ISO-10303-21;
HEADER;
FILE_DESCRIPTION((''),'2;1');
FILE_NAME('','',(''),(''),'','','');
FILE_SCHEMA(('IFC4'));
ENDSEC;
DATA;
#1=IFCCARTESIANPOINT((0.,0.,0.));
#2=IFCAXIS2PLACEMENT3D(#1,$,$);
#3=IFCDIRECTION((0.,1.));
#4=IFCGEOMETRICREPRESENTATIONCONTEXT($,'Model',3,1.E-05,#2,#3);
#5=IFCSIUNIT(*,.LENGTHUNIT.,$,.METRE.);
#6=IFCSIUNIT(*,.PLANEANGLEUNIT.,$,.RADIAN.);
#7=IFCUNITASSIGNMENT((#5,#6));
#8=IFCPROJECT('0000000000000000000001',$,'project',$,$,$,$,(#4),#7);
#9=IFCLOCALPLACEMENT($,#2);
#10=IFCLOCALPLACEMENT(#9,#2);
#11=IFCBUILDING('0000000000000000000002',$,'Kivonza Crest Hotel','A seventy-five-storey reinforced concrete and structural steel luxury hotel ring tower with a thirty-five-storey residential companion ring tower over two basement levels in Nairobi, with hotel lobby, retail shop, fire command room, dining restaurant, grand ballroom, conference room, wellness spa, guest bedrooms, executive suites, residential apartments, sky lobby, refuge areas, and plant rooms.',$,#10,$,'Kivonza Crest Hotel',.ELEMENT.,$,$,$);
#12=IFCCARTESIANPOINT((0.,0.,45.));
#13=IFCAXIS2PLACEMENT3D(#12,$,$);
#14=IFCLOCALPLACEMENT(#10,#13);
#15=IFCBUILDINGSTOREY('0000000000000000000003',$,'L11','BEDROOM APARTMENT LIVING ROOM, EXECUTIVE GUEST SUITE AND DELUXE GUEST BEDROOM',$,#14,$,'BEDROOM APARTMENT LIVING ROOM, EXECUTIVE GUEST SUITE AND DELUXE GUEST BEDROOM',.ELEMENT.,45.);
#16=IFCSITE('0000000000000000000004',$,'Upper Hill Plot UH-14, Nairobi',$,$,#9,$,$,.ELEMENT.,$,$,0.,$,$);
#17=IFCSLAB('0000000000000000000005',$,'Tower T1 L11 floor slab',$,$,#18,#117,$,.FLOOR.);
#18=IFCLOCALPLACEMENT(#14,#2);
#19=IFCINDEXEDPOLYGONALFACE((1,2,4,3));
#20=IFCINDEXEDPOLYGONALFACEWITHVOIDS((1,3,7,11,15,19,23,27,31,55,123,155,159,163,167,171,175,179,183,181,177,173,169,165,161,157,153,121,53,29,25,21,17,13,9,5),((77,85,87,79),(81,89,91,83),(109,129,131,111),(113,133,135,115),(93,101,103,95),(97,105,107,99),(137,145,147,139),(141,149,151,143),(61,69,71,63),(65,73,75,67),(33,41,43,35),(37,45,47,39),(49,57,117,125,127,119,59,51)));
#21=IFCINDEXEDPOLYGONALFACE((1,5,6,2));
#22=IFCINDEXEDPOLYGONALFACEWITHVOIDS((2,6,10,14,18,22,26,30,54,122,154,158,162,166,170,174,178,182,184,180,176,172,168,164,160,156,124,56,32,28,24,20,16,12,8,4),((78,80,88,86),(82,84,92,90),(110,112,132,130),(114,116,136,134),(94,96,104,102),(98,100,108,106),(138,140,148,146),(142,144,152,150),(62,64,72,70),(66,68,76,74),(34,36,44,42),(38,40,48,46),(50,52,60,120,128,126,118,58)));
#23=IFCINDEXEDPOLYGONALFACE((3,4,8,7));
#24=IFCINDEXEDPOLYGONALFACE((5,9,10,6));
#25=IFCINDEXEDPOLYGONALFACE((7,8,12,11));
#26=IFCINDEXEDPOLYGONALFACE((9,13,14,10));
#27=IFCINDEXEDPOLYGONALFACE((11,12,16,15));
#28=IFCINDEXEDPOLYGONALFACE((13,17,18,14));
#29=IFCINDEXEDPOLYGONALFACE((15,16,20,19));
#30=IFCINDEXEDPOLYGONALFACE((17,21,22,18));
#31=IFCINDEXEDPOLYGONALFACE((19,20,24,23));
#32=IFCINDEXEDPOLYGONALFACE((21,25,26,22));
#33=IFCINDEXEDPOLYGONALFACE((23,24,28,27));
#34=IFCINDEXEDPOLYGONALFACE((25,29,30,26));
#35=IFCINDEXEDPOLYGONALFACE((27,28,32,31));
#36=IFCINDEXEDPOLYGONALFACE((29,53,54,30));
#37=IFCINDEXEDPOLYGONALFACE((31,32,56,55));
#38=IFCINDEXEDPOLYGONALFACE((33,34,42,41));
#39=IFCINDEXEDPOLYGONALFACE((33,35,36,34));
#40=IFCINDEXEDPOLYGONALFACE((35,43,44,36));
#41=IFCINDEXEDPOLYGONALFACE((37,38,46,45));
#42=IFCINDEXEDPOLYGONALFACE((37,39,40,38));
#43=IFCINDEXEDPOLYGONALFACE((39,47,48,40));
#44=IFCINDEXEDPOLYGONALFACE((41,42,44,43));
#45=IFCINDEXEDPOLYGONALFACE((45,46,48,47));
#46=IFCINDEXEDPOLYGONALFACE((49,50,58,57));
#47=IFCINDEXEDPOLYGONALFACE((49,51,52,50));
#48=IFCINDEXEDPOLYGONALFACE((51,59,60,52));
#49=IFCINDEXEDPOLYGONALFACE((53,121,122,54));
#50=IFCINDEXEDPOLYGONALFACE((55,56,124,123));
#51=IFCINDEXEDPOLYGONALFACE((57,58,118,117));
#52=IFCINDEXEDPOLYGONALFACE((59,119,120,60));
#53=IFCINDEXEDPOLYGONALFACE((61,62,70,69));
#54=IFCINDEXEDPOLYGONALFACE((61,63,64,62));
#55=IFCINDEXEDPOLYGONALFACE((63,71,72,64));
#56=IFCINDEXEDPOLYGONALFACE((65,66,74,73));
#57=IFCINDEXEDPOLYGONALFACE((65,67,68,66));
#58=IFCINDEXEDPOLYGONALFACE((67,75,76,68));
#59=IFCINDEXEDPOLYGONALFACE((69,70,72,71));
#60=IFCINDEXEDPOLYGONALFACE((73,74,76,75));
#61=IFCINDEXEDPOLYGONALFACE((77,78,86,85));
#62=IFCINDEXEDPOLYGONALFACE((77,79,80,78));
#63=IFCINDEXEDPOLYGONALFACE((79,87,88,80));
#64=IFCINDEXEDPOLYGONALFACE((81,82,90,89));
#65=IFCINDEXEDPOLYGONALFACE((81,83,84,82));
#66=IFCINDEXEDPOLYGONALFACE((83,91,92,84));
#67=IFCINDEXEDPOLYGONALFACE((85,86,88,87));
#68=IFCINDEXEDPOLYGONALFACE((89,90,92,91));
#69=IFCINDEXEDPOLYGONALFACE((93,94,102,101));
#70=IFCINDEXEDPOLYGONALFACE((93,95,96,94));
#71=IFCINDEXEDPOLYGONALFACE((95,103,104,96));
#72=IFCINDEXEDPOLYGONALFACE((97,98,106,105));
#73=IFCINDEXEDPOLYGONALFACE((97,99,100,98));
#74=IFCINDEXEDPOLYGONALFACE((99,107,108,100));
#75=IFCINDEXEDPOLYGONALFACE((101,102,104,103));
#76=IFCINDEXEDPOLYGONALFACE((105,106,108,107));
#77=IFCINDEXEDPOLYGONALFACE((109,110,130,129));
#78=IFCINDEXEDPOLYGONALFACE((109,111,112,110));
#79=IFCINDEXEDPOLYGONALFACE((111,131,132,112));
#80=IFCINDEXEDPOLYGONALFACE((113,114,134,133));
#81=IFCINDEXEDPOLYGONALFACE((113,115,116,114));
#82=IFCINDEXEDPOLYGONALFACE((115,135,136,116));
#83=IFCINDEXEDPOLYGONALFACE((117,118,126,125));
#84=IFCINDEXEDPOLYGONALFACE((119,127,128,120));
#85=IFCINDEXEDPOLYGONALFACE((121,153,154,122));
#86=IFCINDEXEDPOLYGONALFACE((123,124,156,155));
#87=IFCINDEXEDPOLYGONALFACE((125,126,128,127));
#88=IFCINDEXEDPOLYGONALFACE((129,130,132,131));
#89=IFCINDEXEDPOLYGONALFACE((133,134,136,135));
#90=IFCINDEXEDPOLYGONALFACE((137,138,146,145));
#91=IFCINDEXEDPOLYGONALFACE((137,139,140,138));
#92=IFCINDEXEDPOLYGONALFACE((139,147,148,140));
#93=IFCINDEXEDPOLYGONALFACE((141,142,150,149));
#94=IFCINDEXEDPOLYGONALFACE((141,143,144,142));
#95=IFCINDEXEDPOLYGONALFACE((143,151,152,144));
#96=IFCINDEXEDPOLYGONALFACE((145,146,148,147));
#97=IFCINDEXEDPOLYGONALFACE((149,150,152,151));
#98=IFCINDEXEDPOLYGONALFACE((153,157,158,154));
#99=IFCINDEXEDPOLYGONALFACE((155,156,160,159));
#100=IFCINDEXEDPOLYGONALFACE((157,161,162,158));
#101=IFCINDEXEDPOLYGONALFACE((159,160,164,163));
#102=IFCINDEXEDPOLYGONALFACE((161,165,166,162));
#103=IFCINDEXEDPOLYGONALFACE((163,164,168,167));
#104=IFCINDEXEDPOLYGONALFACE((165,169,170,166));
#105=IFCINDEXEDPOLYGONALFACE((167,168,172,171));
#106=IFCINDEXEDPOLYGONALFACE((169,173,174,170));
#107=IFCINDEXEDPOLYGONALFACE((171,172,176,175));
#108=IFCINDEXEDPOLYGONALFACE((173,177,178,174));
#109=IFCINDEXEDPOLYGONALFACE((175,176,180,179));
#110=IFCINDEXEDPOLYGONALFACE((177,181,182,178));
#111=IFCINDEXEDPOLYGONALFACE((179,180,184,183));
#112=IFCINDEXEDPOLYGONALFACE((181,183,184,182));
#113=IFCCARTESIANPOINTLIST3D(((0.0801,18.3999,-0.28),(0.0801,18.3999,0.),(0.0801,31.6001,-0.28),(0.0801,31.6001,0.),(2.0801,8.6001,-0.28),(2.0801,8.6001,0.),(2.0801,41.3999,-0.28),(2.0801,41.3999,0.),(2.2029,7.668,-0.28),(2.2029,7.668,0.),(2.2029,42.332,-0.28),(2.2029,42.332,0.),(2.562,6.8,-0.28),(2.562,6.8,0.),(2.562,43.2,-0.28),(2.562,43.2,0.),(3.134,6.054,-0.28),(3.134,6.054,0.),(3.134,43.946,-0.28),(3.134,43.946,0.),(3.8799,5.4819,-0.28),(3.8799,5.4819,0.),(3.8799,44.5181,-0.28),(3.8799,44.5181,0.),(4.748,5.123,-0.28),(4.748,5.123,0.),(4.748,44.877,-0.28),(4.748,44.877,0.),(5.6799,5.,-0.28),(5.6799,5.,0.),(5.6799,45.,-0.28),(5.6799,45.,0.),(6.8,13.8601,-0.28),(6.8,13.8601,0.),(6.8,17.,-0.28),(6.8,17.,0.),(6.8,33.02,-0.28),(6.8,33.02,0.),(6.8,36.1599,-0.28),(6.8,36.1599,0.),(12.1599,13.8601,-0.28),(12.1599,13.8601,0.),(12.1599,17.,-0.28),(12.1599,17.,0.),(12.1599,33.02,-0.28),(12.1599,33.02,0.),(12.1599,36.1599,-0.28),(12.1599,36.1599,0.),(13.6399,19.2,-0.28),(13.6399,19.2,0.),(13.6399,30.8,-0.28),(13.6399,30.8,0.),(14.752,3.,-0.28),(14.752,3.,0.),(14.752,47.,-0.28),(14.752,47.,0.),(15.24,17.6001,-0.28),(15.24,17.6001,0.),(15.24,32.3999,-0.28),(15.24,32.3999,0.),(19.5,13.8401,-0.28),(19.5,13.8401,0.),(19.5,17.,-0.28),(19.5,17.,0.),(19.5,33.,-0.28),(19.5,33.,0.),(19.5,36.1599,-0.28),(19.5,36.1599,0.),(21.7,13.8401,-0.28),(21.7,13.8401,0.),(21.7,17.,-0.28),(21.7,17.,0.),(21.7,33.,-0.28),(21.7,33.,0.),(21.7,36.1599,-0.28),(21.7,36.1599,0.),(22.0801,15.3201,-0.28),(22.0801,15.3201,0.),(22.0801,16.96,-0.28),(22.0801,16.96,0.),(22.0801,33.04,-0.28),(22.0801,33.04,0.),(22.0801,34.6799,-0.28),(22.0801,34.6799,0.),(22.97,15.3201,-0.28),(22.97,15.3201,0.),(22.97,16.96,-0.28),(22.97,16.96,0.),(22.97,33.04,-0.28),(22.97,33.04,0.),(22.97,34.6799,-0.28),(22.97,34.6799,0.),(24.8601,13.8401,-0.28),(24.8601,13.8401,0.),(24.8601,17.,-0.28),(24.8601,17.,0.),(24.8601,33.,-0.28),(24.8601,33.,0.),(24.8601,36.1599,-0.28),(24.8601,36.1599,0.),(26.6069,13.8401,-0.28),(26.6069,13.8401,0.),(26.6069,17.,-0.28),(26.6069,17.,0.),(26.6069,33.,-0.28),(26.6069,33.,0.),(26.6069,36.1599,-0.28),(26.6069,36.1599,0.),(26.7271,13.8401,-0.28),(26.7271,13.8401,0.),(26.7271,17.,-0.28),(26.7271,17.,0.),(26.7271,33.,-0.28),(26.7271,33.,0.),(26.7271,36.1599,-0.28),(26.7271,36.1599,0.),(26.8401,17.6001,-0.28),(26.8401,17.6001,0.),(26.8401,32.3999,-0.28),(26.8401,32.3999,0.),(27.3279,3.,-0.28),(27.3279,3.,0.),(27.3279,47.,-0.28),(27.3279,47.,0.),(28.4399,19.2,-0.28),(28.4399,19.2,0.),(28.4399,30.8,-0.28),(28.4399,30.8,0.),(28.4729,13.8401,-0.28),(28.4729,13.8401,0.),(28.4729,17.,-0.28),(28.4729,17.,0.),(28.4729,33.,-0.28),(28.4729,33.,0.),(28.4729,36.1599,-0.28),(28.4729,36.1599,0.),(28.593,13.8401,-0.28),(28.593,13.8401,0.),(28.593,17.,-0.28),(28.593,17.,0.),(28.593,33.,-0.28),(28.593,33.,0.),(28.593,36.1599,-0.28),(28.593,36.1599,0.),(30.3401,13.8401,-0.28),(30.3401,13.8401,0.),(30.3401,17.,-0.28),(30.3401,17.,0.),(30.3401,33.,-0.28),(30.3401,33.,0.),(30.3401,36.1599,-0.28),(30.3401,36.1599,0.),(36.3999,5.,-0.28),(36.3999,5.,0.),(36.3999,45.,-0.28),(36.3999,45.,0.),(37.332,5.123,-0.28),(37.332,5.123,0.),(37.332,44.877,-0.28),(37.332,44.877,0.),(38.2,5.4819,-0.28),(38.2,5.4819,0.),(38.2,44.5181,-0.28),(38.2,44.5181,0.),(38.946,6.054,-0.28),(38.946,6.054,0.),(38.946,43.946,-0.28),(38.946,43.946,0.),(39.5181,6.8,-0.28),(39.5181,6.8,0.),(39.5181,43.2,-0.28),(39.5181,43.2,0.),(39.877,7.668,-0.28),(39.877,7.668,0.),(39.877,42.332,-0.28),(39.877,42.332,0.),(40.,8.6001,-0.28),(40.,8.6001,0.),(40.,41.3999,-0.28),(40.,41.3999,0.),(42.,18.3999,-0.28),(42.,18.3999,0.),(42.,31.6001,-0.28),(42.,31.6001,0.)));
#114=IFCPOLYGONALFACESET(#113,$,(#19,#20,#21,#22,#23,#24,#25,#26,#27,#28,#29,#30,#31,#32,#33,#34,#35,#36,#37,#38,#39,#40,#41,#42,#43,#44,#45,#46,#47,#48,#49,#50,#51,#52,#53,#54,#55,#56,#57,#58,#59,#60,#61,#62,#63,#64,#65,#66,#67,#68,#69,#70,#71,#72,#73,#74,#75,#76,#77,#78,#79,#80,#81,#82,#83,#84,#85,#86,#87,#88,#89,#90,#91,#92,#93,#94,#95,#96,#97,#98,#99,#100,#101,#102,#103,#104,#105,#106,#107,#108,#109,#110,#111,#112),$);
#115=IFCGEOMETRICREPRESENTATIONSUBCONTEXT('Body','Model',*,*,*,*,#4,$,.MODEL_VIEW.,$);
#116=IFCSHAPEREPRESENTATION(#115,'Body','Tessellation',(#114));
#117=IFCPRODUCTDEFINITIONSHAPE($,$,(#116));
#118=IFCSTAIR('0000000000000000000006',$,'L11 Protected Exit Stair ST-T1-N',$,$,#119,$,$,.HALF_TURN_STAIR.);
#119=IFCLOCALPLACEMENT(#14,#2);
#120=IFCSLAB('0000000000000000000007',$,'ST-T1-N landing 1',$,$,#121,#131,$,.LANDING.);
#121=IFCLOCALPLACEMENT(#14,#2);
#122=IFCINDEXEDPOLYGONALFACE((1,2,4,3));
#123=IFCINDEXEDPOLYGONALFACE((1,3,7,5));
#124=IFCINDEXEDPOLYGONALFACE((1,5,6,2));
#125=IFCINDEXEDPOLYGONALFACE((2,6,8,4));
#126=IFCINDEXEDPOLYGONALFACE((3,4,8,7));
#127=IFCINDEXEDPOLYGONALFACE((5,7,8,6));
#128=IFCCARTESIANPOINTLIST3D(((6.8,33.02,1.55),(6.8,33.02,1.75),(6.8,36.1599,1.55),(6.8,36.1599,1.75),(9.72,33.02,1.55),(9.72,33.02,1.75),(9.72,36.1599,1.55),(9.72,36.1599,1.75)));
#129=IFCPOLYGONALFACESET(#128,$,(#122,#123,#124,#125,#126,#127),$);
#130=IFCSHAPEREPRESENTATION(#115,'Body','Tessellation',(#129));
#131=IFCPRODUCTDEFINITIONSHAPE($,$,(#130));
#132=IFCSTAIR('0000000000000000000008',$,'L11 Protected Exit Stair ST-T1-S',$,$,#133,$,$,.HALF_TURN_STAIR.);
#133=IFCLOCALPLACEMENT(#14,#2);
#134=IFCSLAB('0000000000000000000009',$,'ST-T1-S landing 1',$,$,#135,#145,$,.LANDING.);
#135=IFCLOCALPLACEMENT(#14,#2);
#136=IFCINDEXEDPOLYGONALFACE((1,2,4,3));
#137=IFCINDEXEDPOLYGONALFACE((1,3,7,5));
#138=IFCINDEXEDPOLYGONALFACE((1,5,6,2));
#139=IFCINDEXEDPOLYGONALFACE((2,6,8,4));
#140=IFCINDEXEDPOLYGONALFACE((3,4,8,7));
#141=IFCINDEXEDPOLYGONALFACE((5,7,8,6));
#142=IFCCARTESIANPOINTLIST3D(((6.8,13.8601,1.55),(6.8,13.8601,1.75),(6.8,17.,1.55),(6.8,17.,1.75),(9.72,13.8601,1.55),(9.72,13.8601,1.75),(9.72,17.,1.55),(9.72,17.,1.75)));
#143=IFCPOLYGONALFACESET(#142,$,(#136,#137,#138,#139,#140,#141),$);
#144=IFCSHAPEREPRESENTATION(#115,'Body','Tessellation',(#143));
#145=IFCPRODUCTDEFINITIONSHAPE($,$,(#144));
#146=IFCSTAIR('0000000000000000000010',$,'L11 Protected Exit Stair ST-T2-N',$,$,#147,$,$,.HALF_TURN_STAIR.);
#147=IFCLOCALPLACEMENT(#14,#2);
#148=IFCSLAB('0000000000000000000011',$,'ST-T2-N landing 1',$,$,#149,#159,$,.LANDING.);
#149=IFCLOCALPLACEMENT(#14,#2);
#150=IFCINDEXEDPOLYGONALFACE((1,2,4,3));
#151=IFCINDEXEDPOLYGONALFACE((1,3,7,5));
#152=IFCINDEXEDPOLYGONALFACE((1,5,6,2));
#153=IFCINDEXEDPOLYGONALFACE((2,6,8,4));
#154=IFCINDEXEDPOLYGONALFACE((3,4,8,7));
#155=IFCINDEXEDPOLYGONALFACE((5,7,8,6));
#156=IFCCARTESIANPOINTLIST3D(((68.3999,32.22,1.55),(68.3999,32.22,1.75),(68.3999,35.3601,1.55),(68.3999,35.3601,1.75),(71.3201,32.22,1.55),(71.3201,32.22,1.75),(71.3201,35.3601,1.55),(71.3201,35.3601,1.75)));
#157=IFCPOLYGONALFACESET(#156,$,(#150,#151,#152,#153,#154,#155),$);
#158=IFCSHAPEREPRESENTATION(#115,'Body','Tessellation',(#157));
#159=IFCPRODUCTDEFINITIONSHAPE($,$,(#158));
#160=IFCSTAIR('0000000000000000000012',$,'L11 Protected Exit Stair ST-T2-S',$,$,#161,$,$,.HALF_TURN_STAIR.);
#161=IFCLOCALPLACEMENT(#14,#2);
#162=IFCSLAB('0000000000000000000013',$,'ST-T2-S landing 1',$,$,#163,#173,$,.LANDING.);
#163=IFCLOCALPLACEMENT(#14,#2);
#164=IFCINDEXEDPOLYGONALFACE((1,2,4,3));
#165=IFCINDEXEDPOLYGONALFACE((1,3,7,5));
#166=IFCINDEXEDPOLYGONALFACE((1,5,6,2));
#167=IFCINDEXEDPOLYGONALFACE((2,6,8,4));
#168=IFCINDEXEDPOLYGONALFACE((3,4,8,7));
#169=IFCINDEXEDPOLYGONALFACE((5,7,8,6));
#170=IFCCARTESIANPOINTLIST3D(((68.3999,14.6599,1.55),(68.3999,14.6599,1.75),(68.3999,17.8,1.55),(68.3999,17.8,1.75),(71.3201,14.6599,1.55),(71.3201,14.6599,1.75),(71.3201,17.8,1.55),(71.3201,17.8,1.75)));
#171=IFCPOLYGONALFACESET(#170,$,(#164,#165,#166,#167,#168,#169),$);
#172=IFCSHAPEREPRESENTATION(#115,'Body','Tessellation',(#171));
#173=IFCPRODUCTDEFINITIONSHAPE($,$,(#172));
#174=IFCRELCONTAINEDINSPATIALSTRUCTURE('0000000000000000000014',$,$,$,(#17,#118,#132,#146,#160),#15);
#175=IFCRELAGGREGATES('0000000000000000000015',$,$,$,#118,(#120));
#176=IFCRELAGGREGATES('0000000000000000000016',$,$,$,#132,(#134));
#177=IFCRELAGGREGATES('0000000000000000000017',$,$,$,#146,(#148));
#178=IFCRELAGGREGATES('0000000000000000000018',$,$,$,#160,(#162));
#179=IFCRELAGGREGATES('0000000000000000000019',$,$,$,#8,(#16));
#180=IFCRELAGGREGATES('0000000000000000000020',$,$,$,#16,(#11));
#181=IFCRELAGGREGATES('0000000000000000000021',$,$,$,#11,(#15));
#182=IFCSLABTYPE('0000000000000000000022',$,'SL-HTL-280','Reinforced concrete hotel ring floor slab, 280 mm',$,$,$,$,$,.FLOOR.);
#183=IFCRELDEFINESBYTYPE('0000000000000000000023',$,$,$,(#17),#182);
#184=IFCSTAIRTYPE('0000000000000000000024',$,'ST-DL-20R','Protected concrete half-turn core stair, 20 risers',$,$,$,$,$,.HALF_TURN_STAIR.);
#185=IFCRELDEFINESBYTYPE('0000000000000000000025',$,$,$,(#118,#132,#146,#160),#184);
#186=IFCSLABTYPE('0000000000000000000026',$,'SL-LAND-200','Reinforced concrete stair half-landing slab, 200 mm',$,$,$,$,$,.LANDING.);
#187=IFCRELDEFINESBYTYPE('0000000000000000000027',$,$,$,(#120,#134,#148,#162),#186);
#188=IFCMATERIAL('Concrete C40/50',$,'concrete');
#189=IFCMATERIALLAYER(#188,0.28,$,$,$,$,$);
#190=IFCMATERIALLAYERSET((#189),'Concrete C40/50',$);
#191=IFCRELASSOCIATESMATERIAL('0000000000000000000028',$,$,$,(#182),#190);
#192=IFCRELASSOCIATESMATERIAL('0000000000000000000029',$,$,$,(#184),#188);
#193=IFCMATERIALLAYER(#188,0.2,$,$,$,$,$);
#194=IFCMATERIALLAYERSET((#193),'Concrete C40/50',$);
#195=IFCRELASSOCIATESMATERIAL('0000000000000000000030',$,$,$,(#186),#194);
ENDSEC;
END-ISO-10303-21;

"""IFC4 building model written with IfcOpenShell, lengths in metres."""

from ifc_helpers import new_model, si_unit, direction, frame, origin, place, context, subcontext, project, spatial, polyline, outline, extrude, material, layer, layer_set, type_object, element, aggregate, save


model = new_model("IFC4")

# Units and contexts
model_context = context("Model", 3, precision=1e-05, world=origin(), true_north=direction((0.0, 1.0)))
body_context = subcontext(model_context, "Body", "Model", "MODEL_VIEW")
ifc_project = project(units=[si_unit("LENGTHUNIT", "METRE"), si_unit("PLANEANGLEUNIT", "RADIAN")], contexts=[model_context])

# Site, building, storey
site_placement = place(None, origin())
site = spatial("IfcSite", under=ifc_project, at=site_placement, Name="Upper Hill Plot UH-14, Nairobi", CompositionType="ELEMENT", RefElevation=0.0)
building_placement = place(site_placement, origin())
building = spatial("IfcBuilding", under=site, at=building_placement, Name="Kivonza Crest Hotel", Description="A seventy-five-storey reinforced concrete and structural steel luxury hotel ring tower with a thirty-five-storey residential companion ring tower over two basement levels in Nairobi, with hotel lobby, retail shop, fire command room, dining restaurant, grand ballroom, conference room, wellness spa, guest bedrooms, executive suites, residential apartments, sky lobby, refuge areas, and plant rooms.", LongName="Kivonza Crest Hotel", CompositionType="ELEMENT")
storey_placement = place(building_placement, frame((0.0, 0.0, 45.0)))
storey = spatial("IfcBuildingStorey", under=building, at=storey_placement, Name="L11", Description="BEDROOM APARTMENT LIVING ROOM, EXECUTIVE GUEST SUITE AND DELUXE GUEST BEDROOM", LongName="BEDROOM APARTMENT LIVING ROOM, EXECUTIVE GUEST SUITE AND DELUXE GUEST BEDROOM", CompositionType="ELEMENT", Elevation=45.0)

# Slab
ifc_material_1 = material(Name="Concrete C40/50", Category="concrete")
ifc_layer_1 = layer(ifc_material_1, 0.28)
ifc_layer_set_1 = layer_set([ifc_layer_1], Name="Concrete C40/50")
slab_type_1 = type_object("IfcSlabType", Name="SL-HTL-280", Description="Reinforced concrete hotel ring floor slab, 280 mm", PredefinedType="FLOOR", material=ifc_layer_set_1)
slab_1_placement = place(storey_placement, frame((0.0, 0.0, -0.28)))
element("IfcSlab", 1, at=slab_1_placement, inside=storey, type_object=slab_type_1, Name="Tower T1 L11 floor slab", PredefinedType="FLOOR", context=body_context, shape_type="SweptSolid", body=[
    extrude(outline(polyline([(2.0801, 8.6001), (2.2029, 7.668), (2.562, 6.8), (3.134, 6.054), (3.8799, 5.4819), (4.748, 5.123), (5.6799, 5.0), (14.752, 3.0), (27.3279, 3.0), (36.3999, 5.0), (37.332, 5.123), (38.2, 5.4819), (38.946, 6.054), (39.5181, 6.8), (39.877, 7.668), (40.0, 8.6001), (42.0, 18.3999), (42.0, 31.6001), (40.0, 41.3999), (39.877, 42.332), (39.5181, 43.2), (38.946, 43.946), (38.2, 44.5181), (37.332, 44.877), (36.3999, 45.0), (27.3279, 47.0), (14.752, 47.0), (5.6799, 45.0), (4.748, 44.877), (3.8799, 44.5181), (3.134, 43.946), (2.562, 43.2), (2.2029, 42.332), (2.0801, 41.3999), (0.0801, 31.6001), (0.0801, 18.3999), (2.0801, 8.6001)]), holes=[polyline([(15.24, 17.6001), (26.8401, 17.6001), (28.4399, 19.2), (28.4399, 30.8), (26.8401, 32.3999), (15.24, 32.3999), (13.6399, 30.8), (13.6399, 19.2), (15.24, 17.6001)]), polyline([(6.8, 33.02), (12.1599, 33.02), (12.1599, 36.1599), (6.8, 36.1599), (6.8, 33.02)]), polyline([(6.8, 13.8601), (12.1599, 13.8601), (12.1599, 17.0), (6.8, 17.0), (6.8, 13.8601)]), polyline([(22.0801, 33.04), (22.97, 33.04), (22.97, 34.6799), (22.0801, 34.6799), (22.0801, 33.04)]), polyline([(22.0801, 15.3201), (22.97, 15.3201), (22.97, 16.96), (22.0801, 16.96), (22.0801, 15.3201)]), polyline([(19.5, 33.0), (21.7, 33.0), (21.7, 36.1599), (19.5, 36.1599), (19.5, 33.0)]), polyline([(24.8601, 33.0), (26.6069, 33.0), (26.6069, 36.1599), (24.8601, 36.1599), (24.8601, 33.0)]), polyline([(26.7271, 33.0), (28.4729, 33.0), (28.4729, 36.1599), (26.7271, 36.1599), (26.7271, 33.0)]), polyline([(28.593, 33.0), (30.3401, 33.0), (30.3401, 36.1599), (28.593, 36.1599), (28.593, 33.0)]), polyline([(19.5, 13.8401), (21.7, 13.8401), (21.7, 17.0), (19.5, 17.0), (19.5, 13.8401)]), polyline([(24.8601, 13.8401), (26.6069, 13.8401), (26.6069, 17.0), (24.8601, 17.0), (24.8601, 13.8401)]), polyline([(26.7271, 13.8401), (28.4729, 13.8401), (28.4729, 17.0), (26.7271, 17.0), (26.7271, 13.8401)]), polyline([(28.593, 13.8401), (30.3401, 13.8401), (30.3401, 17.0), (28.593, 17.0), (28.593, 13.8401)])]), origin(), (0.0, 0.0, 1.0), 0.28),
])

# Stairs, slabs
stair_type = type_object("IfcStairType", Name="ST-DL-20R", Description="Protected concrete half-turn core stair, 20 risers", PredefinedType="HALF_TURN_STAIR", material=ifc_material_1)
stair_1_placement = place(storey_placement, origin())
stair_1 = element("IfcStair", 2, at=stair_1_placement, inside=storey, type_object=stair_type, Name="L11 Protected Exit Stair ST-T1-N", PredefinedType="HALF_TURN_STAIR")
ifc_layer_2 = layer(ifc_material_1, 0.2)
ifc_layer_set_2 = layer_set([ifc_layer_2], Name="Concrete C40/50")
slab_type_2 = type_object("IfcSlabType", Name="SL-LAND-200", Description="Reinforced concrete stair half-landing slab, 200 mm", PredefinedType="LANDING", material=ifc_layer_set_2)
slab_2_placement = place(storey_placement, frame((0.0, 0.0, 1.55)))
slab_2 = element("IfcSlab", 3, at=slab_2_placement, type_object=slab_type_2, Name="ST-T1-N landing 1", PredefinedType="LANDING", context=body_context, shape_type="SweptSolid", body=[
    extrude(outline(polyline([(9.72, 36.1599), (6.8, 36.1599), (6.8, 33.02), (9.72, 33.02), (9.72, 36.1599)])), origin(), (0.0, 0.0, 1.0), 0.2),
])
aggregate(stair_1, [slab_2])
stair_2_placement = place(storey_placement, origin())
stair_2 = element("IfcStair", 4, at=stair_2_placement, inside=storey, type_object=stair_type, Name="L11 Protected Exit Stair ST-T1-S", PredefinedType="HALF_TURN_STAIR")
slab_3_placement = place(storey_placement, frame((0.0, 0.0, 1.55)))
slab_3 = element("IfcSlab", 5, at=slab_3_placement, type_object=slab_type_2, Name="ST-T1-S landing 1", PredefinedType="LANDING", context=body_context, shape_type="SweptSolid", body=[
    extrude(outline(polyline([(9.72, 17.0), (6.8, 17.0), (6.8, 13.8601), (9.72, 13.8601), (9.72, 17.0)])), origin(), (0.0, 0.0, 1.0), 0.2),
])
aggregate(stair_2, [slab_3])
stair_3_placement = place(storey_placement, origin())
stair_3 = element("IfcStair", 6, at=stair_3_placement, inside=storey, type_object=stair_type, Name="L11 Protected Exit Stair ST-T2-N", PredefinedType="HALF_TURN_STAIR")
slab_4_placement = place(storey_placement, frame((0.0, 0.0, 1.55)))
slab_4 = element("IfcSlab", 7, at=slab_4_placement, type_object=slab_type_2, Name="ST-T2-N landing 1", PredefinedType="LANDING", context=body_context, shape_type="SweptSolid", body=[
    extrude(outline(polyline([(71.3201, 35.3601), (68.3999, 35.3601), (68.3999, 32.22), (71.3201, 32.22), (71.3201, 35.3601)])), origin(), (0.0, 0.0, 1.0), 0.2),
])
aggregate(stair_3, [slab_4])
stair_4_placement = place(storey_placement, origin())
stair_4 = element("IfcStair", 8, at=stair_4_placement, inside=storey, type_object=stair_type, Name="L11 Protected Exit Stair ST-T2-S", PredefinedType="HALF_TURN_STAIR")
slab_5_placement = place(storey_placement, frame((0.0, 0.0, 1.55)))
slab_5 = element("IfcSlab", 9, at=slab_5_placement, type_object=slab_type_2, Name="ST-T2-S landing 1", PredefinedType="LANDING", context=body_context, shape_type="SweptSolid", body=[
    extrude(outline(polyline([(71.3201, 17.8), (68.3999, 17.8), (68.3999, 14.6599), (71.3201, 14.6599), (71.3201, 17.8)])), origin(), (0.0, 0.0, 1.0), 0.2),
])
aggregate(stair_4, [slab_5])

save(model, "model.ifc")
